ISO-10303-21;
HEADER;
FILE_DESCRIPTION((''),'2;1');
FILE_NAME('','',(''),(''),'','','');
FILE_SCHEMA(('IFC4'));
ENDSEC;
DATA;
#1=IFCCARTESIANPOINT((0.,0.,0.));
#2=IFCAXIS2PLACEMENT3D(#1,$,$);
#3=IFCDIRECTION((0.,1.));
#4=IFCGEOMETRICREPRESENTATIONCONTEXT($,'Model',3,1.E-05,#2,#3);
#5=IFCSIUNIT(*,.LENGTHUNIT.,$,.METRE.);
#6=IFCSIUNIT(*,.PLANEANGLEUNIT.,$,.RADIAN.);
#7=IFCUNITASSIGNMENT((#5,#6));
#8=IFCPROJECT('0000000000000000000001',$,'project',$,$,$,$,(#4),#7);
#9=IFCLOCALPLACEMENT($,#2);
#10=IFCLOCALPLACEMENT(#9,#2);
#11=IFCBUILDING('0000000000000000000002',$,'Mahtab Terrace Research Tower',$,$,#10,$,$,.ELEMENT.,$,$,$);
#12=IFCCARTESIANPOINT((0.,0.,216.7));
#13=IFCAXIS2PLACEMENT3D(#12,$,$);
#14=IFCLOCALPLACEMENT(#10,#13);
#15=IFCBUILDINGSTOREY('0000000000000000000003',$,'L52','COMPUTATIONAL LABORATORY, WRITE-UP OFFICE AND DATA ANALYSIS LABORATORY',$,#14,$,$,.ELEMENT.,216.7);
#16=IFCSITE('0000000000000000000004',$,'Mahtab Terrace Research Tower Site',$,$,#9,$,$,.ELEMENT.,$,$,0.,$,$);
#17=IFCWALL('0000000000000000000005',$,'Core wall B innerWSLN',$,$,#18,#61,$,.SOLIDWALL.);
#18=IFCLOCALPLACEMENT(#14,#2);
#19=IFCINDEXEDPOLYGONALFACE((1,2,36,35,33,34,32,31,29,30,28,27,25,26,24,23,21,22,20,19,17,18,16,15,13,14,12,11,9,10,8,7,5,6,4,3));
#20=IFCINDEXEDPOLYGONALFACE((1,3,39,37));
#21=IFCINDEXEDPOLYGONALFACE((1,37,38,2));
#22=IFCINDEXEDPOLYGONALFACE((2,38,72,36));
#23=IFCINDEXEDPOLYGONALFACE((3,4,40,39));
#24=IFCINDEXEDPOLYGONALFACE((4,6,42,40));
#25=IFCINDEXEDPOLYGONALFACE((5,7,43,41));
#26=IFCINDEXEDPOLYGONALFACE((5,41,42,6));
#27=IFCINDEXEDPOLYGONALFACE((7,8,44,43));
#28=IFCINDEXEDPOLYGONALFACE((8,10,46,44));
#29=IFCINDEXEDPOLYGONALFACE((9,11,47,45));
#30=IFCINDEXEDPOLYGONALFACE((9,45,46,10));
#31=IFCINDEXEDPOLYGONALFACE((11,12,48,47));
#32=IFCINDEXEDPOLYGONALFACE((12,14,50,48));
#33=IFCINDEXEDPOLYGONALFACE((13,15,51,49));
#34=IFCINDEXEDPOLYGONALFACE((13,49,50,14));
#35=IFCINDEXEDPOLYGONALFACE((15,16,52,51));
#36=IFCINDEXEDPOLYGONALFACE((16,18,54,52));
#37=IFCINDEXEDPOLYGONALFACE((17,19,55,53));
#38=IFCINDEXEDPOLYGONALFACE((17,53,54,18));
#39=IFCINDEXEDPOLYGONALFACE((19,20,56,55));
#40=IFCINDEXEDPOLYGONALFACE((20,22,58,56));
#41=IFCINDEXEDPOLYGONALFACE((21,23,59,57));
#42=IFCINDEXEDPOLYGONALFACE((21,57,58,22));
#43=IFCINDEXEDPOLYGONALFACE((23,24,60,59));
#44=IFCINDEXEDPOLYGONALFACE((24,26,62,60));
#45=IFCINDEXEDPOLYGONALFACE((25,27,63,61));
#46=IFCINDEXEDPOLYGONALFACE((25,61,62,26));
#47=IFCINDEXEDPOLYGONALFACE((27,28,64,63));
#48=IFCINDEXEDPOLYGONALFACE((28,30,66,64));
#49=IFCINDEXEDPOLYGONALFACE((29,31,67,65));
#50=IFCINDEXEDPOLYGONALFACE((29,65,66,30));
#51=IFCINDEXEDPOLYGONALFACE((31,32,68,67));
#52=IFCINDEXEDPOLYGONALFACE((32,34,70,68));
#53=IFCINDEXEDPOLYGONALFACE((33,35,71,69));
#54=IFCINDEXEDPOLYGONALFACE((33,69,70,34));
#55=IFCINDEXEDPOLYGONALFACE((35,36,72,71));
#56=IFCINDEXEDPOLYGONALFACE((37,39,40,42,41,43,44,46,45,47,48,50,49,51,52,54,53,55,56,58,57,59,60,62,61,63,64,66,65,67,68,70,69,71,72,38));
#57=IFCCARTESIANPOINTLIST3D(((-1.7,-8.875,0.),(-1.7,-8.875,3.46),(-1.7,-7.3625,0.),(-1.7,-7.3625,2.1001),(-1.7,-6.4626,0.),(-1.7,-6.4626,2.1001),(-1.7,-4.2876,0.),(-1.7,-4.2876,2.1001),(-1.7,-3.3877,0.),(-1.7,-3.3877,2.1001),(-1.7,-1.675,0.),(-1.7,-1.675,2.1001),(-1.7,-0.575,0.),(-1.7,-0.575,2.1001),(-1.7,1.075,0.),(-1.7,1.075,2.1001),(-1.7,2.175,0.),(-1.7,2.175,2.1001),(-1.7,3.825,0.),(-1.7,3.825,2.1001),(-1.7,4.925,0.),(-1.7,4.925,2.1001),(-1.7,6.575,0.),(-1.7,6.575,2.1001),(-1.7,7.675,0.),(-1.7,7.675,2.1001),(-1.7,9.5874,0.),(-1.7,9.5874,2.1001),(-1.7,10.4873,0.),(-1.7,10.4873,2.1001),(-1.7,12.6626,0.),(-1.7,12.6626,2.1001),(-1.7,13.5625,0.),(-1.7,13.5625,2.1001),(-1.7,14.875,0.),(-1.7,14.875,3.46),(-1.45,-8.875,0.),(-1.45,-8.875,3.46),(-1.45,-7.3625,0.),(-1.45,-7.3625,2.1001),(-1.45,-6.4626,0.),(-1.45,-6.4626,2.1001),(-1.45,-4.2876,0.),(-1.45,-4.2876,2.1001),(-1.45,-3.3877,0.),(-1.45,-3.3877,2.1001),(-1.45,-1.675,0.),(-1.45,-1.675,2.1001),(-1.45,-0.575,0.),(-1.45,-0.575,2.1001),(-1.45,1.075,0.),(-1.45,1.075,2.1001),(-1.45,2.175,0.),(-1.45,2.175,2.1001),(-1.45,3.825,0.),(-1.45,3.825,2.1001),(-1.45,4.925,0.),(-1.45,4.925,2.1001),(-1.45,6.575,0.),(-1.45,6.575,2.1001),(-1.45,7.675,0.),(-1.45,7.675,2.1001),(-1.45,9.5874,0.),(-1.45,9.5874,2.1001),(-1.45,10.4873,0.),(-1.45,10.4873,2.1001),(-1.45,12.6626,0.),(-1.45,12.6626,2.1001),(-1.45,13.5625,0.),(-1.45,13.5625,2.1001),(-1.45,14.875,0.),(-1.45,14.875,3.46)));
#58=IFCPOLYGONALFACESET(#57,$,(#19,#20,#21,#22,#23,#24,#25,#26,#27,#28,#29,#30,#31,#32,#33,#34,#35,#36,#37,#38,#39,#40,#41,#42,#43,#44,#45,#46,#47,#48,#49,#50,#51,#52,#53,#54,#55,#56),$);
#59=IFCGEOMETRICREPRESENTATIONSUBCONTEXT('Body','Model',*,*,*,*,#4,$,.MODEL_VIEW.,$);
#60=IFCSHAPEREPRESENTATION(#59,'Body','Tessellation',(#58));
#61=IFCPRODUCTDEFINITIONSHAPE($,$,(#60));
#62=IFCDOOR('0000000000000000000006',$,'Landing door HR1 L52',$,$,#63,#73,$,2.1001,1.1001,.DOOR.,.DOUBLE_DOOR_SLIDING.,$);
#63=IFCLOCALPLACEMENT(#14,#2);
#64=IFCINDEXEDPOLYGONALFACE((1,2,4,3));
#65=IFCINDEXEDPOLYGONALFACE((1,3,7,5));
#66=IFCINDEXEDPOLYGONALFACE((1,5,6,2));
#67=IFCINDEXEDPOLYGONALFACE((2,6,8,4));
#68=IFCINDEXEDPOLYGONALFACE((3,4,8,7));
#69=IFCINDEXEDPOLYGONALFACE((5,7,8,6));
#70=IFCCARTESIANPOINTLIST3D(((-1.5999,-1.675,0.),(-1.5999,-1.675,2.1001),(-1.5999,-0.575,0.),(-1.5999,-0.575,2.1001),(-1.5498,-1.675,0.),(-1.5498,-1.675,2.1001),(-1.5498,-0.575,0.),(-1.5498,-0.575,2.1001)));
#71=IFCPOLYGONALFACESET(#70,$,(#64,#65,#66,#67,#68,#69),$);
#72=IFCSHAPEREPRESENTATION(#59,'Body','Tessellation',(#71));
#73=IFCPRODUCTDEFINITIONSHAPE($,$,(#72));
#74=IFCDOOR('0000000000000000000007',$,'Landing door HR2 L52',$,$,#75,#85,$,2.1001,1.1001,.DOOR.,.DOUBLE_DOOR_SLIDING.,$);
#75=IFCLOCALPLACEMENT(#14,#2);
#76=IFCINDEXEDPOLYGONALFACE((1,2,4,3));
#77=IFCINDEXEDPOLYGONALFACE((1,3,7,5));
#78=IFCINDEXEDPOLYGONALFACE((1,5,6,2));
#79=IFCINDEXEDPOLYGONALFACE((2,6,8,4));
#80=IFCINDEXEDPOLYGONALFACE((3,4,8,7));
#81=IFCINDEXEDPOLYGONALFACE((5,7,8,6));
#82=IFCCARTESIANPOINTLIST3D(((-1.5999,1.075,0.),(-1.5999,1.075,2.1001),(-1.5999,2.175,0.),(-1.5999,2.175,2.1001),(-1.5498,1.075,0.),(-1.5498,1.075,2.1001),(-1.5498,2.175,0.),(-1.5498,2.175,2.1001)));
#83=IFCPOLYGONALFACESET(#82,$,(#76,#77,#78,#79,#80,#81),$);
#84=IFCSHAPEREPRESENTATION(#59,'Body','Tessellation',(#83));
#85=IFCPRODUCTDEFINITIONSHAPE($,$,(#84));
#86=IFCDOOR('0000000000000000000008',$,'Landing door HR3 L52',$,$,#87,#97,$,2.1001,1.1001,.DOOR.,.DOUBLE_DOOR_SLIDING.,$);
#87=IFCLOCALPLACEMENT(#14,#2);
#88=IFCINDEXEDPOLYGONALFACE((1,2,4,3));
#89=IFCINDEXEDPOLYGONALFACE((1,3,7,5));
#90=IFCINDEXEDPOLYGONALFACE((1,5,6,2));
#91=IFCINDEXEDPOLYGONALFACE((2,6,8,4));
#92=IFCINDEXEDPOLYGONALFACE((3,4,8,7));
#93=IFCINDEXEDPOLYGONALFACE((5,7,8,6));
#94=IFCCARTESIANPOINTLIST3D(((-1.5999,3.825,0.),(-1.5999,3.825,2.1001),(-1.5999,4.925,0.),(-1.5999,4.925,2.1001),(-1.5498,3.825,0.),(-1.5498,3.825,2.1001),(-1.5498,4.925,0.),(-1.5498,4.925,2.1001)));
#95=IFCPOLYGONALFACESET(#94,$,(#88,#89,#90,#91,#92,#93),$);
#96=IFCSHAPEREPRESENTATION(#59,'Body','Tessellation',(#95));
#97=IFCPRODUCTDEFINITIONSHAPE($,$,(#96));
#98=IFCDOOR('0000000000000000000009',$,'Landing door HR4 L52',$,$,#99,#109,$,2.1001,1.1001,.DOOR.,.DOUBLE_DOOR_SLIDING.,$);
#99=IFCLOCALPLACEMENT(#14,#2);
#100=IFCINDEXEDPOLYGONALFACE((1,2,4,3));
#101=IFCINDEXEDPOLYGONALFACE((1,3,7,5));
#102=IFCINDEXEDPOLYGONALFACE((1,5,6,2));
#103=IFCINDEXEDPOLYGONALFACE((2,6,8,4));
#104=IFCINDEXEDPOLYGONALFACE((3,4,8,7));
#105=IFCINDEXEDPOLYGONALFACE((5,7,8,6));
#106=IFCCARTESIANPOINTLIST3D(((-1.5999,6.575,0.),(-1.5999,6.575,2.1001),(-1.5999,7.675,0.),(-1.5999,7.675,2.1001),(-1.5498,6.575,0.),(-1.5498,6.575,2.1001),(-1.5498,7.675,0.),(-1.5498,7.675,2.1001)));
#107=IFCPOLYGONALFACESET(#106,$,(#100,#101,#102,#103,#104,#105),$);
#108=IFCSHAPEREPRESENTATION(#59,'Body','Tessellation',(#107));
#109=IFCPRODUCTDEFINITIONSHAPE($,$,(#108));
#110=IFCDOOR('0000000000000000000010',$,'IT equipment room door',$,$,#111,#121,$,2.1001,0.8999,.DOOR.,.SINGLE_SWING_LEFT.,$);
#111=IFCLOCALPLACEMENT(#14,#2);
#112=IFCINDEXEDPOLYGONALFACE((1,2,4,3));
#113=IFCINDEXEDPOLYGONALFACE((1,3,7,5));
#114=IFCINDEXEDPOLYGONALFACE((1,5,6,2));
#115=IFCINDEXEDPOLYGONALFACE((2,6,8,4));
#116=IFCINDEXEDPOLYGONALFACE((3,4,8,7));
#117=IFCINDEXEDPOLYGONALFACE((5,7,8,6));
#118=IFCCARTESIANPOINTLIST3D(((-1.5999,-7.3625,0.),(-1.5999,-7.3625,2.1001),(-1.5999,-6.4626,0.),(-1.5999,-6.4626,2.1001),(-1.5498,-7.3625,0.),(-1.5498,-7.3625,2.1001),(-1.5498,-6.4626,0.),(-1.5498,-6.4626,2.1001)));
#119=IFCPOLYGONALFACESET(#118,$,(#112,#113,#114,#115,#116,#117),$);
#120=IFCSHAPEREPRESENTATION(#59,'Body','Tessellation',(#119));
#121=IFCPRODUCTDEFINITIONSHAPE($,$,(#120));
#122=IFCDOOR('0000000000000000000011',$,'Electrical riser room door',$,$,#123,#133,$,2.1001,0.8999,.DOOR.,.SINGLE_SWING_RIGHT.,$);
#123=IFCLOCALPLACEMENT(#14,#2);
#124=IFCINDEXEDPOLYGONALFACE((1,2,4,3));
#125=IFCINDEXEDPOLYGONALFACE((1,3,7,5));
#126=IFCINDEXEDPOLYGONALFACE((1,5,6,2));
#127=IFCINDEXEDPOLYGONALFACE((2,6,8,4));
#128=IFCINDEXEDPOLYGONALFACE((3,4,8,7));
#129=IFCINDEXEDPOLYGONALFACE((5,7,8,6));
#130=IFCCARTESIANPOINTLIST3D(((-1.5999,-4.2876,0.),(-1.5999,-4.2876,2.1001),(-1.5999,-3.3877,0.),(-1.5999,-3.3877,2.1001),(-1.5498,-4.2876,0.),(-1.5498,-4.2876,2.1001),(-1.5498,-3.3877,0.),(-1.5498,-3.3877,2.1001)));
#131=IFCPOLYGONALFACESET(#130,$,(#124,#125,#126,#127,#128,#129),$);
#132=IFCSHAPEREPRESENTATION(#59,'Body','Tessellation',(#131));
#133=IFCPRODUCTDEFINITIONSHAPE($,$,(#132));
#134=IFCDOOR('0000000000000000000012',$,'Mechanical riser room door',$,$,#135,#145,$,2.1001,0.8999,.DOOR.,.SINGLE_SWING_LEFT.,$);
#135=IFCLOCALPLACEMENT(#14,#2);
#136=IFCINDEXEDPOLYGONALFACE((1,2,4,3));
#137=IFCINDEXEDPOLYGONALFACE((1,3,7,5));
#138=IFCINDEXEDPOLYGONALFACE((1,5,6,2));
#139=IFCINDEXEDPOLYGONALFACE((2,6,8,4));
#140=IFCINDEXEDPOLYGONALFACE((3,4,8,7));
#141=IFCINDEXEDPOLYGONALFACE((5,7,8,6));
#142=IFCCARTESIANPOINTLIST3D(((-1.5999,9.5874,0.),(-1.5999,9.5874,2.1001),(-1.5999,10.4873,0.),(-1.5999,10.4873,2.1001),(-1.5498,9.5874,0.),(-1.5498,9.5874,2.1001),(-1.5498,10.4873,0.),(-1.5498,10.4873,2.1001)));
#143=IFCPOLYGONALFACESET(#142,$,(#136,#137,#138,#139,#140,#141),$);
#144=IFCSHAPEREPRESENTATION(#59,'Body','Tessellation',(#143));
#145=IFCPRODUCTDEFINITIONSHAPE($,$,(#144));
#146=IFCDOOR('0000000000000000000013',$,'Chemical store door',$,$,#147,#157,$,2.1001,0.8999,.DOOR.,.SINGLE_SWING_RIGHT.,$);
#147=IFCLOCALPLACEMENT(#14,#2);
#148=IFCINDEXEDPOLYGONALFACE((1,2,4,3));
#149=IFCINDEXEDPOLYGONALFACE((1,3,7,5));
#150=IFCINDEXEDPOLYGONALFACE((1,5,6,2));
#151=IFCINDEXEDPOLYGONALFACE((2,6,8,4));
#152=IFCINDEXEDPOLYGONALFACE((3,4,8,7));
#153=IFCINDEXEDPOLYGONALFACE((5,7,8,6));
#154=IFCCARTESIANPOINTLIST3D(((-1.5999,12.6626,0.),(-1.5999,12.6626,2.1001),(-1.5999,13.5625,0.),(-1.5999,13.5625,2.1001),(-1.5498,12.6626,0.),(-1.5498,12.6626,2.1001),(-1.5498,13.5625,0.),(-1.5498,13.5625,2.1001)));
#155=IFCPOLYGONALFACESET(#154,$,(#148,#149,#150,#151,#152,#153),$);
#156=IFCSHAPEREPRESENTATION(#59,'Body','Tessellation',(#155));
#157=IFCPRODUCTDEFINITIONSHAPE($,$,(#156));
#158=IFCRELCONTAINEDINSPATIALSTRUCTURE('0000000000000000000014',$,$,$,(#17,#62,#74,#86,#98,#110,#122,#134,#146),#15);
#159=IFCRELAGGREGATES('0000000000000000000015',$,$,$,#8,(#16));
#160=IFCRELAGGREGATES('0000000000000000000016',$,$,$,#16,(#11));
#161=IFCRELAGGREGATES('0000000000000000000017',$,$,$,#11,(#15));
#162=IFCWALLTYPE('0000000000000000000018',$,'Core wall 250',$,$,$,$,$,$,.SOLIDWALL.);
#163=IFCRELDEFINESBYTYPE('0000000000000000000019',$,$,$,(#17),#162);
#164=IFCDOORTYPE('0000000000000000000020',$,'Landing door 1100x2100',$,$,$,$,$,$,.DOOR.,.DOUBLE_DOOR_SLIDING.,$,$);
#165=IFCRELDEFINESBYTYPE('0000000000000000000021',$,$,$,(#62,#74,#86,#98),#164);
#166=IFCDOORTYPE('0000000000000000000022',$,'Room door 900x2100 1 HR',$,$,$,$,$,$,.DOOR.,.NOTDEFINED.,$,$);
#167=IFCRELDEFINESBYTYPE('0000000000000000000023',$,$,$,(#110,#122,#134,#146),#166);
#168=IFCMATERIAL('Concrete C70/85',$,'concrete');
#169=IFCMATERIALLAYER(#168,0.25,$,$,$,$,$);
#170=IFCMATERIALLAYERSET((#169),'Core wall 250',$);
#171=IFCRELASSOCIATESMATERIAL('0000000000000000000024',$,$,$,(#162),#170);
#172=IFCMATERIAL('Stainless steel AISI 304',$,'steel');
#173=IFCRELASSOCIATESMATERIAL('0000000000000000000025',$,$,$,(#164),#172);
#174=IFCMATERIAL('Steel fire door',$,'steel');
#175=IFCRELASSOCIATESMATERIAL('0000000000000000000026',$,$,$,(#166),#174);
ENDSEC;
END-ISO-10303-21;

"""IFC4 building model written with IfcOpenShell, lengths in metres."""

from ifc_helpers import new_model, si_unit, direction, frame, frame_2d, origin, place, context, subcontext, project, spatial, rectangle, extrude, material, layer, layer_set, type_object, element, fill, save


model = new_model("IFC4")

# Units and contexts
model_context = context("Model", 3, precision=1e-05, world=origin(), true_north=direction((0.0, 1.0)))
body_context = subcontext(model_context, "Body", "Model", "MODEL_VIEW")
ifc_project = project(units=[si_unit("LENGTHUNIT", "METRE"), si_unit("PLANEANGLEUNIT", "RADIAN")], contexts=[model_context])

# Site, building, storey
site_placement = place(None, origin())
site = spatial("IfcSite", under=ifc_project, at=site_placement, Name="Mahtab Terrace Research Tower Site", CompositionType="ELEMENT", RefElevation=0.0)
building_placement = place(site_placement, origin())
building = spatial("IfcBuilding", under=site, at=building_placement, Name="Mahtab Terrace Research Tower", CompositionType="ELEMENT")
storey_placement = place(building_placement, frame((0.0, 0.0, 216.7)))
storey = spatial("IfcBuildingStorey", under=building, at=storey_placement, Name="L52", Description="COMPUTATIONAL LABORATORY, WRITE-UP OFFICE AND DATA ANALYSIS LABORATORY", CompositionType="ELEMENT", Elevation=216.7)

# Shared definitions
ifc_material_1 = material(Name="Concrete C70/85", Category="concrete")

# Shared definitions
ifc_layer_1 = layer(ifc_material_1, 0.25)
ifc_layer_set_1 = layer_set([ifc_layer_1], Name="Core wall 250")
wall_type_1 = type_object("IfcWallType", Name="Core wall 250", PredefinedType="SOLIDWALL", material=ifc_layer_set_1)

# Shared definitions
ifc_material_2 = material(Name="Steel fire door", Category="steel")

# Wall, openings, doors
wall_1_placement = place(storey_placement, frame((-1.575, -8.875, 0.0), z_axis=(0.0, 0.0, 1.0), x_axis=(0.0, 1.0, 0.0)))
wall_1 = element("IfcWall", 1, at=wall_1_placement, inside=storey, type_object=wall_type_1, Name="Core wall B innerWSLN", PredefinedType="SOLIDWALL", context=body_context, shape_type="SweptSolid", body=[
    extrude(rectangle(XDim=23.75, YDim=0.25, at=frame_2d((11.875, 0.0))), origin(), (0.0, 0.0, 1.0), 3.46),
])
opening_1_placement = place(wall_1_placement, frame((7.2, 0.0, 0.0)))
opening_1 = element("IfcOpeningElement", 2, at=opening_1_placement, cuts=wall_1, PredefinedType="OPENING", context=body_context, shape_type="SweptSolid", body=[
    extrude(rectangle(XDim=1.1001, YDim=2.1001, at=frame_2d((0.55, 1.05))), frame((0.0, 0.135, 0.0), z_axis=(0.0, -1.0, 0.0), x_axis=(1.0, 0.0, 0.0)), (0.0, 0.0, 1.0), 0.27),
])
opening_2_placement = place(wall_1_placement, frame((9.95, 0.0, 0.0)))
opening_2 = element("IfcOpeningElement", 3, at=opening_2_placement, cuts=wall_1, PredefinedType="OPENING", context=body_context, shape_type="SweptSolid", body=[
    extrude(rectangle(XDim=1.1001, YDim=2.1001, at=frame_2d((0.55, 1.05))), frame((0.0, 0.135, 0.0), z_axis=(0.0, -1.0, 0.0), x_axis=(1.0, 0.0, 0.0)), (0.0, 0.0, 1.0), 0.27),
])
opening_3_placement = place(wall_1_placement, frame((12.7, 0.0, 0.0)))
opening_3 = element("IfcOpeningElement", 4, at=opening_3_placement, cuts=wall_1, PredefinedType="OPENING", context=body_context, shape_type="SweptSolid", body=[
    extrude(rectangle(XDim=1.1001, YDim=2.1001, at=frame_2d((0.55, 1.05))), frame((0.0, 0.135, 0.0), z_axis=(0.0, -1.0, 0.0), x_axis=(1.0, 0.0, 0.0)), (0.0, 0.0, 1.0), 0.27),
])
opening_4_placement = place(wall_1_placement, frame((15.45, 0.0, 0.0)))
opening_4 = element("IfcOpeningElement", 5, at=opening_4_placement, cuts=wall_1, PredefinedType="OPENING", context=body_context, shape_type="SweptSolid", body=[
    extrude(rectangle(XDim=1.1001, YDim=2.1001, at=frame_2d((0.55, 1.05))), frame((0.0, 0.135, 0.0), z_axis=(0.0, -1.0, 0.0), x_axis=(1.0, 0.0, 0.0)), (0.0, 0.0, 1.0), 0.27),
])
opening_5_placement = place(wall_1_placement, frame((1.5125, 0.0, 0.0)))
opening_5 = element("IfcOpeningElement", 6, at=opening_5_placement, cuts=wall_1, PredefinedType="OPENING", context=body_context, shape_type="SweptSolid", body=[
    extrude(rectangle(XDim=0.8999, YDim=2.1001, at=frame_2d((0.45, 1.05))), frame((0.0, 0.135, 0.0), z_axis=(0.0, -1.0, 0.0), x_axis=(1.0, 0.0, 0.0)), (0.0, 0.0, 1.0), 0.27),
])
opening_6_placement = place(wall_1_placement, frame((4.5874, 0.0, 0.0)))
opening_6 = element("IfcOpeningElement", 7, at=opening_6_placement, cuts=wall_1, PredefinedType="OPENING", context=body_context, shape_type="SweptSolid", body=[
    extrude(rectangle(XDim=0.8999, YDim=2.1001, at=frame_2d((0.45, 1.05))), frame((0.0, 0.135, 0.0), z_axis=(0.0, -1.0, 0.0), x_axis=(1.0, 0.0, 0.0)), (0.0, 0.0, 1.0), 0.27),
])
opening_7_placement = place(wall_1_placement, frame((18.4624, 0.0, 0.0)))
opening_7 = element("IfcOpeningElement", 8, at=opening_7_placement, cuts=wall_1, PredefinedType="OPENING", context=body_context, shape_type="SweptSolid", body=[
    extrude(rectangle(XDim=0.8999, YDim=2.1001, at=frame_2d((0.45, 1.05))), frame((0.0, 0.135, 0.0), z_axis=(0.0, -1.0, 0.0), x_axis=(1.0, 0.0, 0.0)), (0.0, 0.0, 1.0), 0.27),
])
opening_8_placement = place(wall_1_placement, frame((21.5376, 0.0, 0.0)))
opening_8 = element("IfcOpeningElement", 9, at=opening_8_placement, cuts=wall_1, PredefinedType="OPENING", context=body_context, shape_type="SweptSolid", body=[
    extrude(rectangle(XDim=0.8999, YDim=2.1001, at=frame_2d((0.45, 1.05))), frame((0.0, 0.135, 0.0), z_axis=(0.0, -1.0, 0.0), x_axis=(1.0, 0.0, 0.0)), (0.0, 0.0, 1.0), 0.27),
])
ifc_material_3 = material(Name="Stainless steel AISI 304", Category="steel")
door_type_1 = type_object("IfcDoorType", Name="Landing door 1100x2100", OperationType="DOUBLE_DOOR_SLIDING", PredefinedType="DOOR", material=ifc_material_3)
door_1_placement = place(opening_1_placement, origin())
door_1 = element("IfcDoor", 10, at=door_1_placement, inside=storey, type_object=door_type_1, Name="Landing door HR1 L52", OperationType="DOUBLE_DOOR_SLIDING", OverallHeight=2.1001, OverallWidth=1.1001, PredefinedType="DOOR", context=body_context, shape_type="SweptSolid", body=[
    extrude(rectangle(XDim=1.1001, YDim=2.1001, at=frame_2d((0.55, 1.05))), frame((0.0, 0.0249, 0.0), z_axis=(0.0, -1.0, 0.0), x_axis=(1.0, 0.0, 0.0)), (0.0, 0.0, 1.0), 0.05),
])
fill(opening_1, door_1)
door_2_placement = place(opening_2_placement, origin())
door_2 = element("IfcDoor", 11, at=door_2_placement, inside=storey, type_object=door_type_1, Name="Landing door HR2 L52", OperationType="DOUBLE_DOOR_SLIDING", OverallHeight=2.1001, OverallWidth=1.1001, PredefinedType="DOOR", context=body_context, shape_type="SweptSolid", body=[
    extrude(rectangle(XDim=1.1001, YDim=2.1001, at=frame_2d((0.55, 1.05))), frame((0.0, 0.0249, 0.0), z_axis=(0.0, -1.0, 0.0), x_axis=(1.0, 0.0, 0.0)), (0.0, 0.0, 1.0), 0.05),
])
fill(opening_2, door_2)
door_3_placement = place(opening_3_placement, origin())
door_3 = element("IfcDoor", 12, at=door_3_placement, inside=storey, type_object=door_type_1, Name="Landing door HR3 L52", OperationType="DOUBLE_DOOR_SLIDING", OverallHeight=2.1001, OverallWidth=1.1001, PredefinedType="DOOR", context=body_context, shape_type="SweptSolid", body=[
    extrude(rectangle(XDim=1.1001, YDim=2.1001, at=frame_2d((0.55, 1.05))), frame((0.0, 0.0249, 0.0), z_axis=(0.0, -1.0, 0.0), x_axis=(1.0, 0.0, 0.0)), (0.0, 0.0, 1.0), 0.05),
])
fill(opening_3, door_3)
door_4_placement = place(opening_4_placement, origin())
door_4 = element("IfcDoor", 13, at=door_4_placement, inside=storey, type_object=door_type_1, Name="Landing door HR4 L52", OperationType="DOUBLE_DOOR_SLIDING", OverallHeight=2.1001, OverallWidth=1.1001, PredefinedType="DOOR", context=body_context, shape_type="SweptSolid", body=[
    extrude(rectangle(XDim=1.1001, YDim=2.1001, at=frame_2d((0.55, 1.05))), frame((0.0, 0.0249, 0.0), z_axis=(0.0, -1.0, 0.0), x_axis=(1.0, 0.0, 0.0)), (0.0, 0.0, 1.0), 0.05),
])
fill(opening_4, door_4)
door_type_2 = type_object("IfcDoorType", Name="Room door 900x2100 1 HR", OperationType="NOTDEFINED", PredefinedType="DOOR", material=ifc_material_2)
door_5_placement = place(opening_5_placement, origin())
door_5 = element("IfcDoor", 14, at=door_5_placement, inside=storey, type_object=door_type_2, Name="IT equipment room door", OperationType="SINGLE_SWING_LEFT", OverallHeight=2.1001, OverallWidth=0.8999, PredefinedType="DOOR", context=body_context, shape_type="SweptSolid", body=[
    extrude(rectangle(XDim=0.8999, YDim=2.1001, at=frame_2d((0.45, 1.05))), frame((0.0, 0.0249, 0.0), z_axis=(0.0, -1.0, 0.0), x_axis=(1.0, 0.0, 0.0)), (0.0, 0.0, 1.0), 0.05),
])
fill(opening_5, door_5)
door_6_placement = place(opening_6_placement, origin())
door_6 = element("IfcDoor", 15, at=door_6_placement, inside=storey, type_object=door_type_2, Name="Electrical riser room door", OperationType="SINGLE_SWING_RIGHT", OverallHeight=2.1001, OverallWidth=0.8999, PredefinedType="DOOR", context=body_context, shape_type="SweptSolid", body=[
    extrude(rectangle(XDim=0.8999, YDim=2.1001, at=frame_2d((0.45, 1.05))), frame((0.0, 0.0249, 0.0), z_axis=(0.0, -1.0, 0.0), x_axis=(1.0, 0.0, 0.0)), (0.0, 0.0, 1.0), 0.05),
])
fill(opening_6, door_6)
door_7_placement = place(opening_7_placement, origin())
door_7 = element("IfcDoor", 16, at=door_7_placement, inside=storey, type_object=door_type_2, Name="Mechanical riser room door", OperationType="SINGLE_SWING_LEFT", OverallHeight=2.1001, OverallWidth=0.8999, PredefinedType="DOOR", context=body_context, shape_type="SweptSolid", body=[
    extrude(rectangle(XDim=0.8999, YDim=2.1001, at=frame_2d((0.45, 1.05))), frame((0.0, 0.0249, 0.0), z_axis=(0.0, -1.0, 0.0), x_axis=(1.0, 0.0, 0.0)), (0.0, 0.0, 1.0), 0.05),
])
fill(opening_7, door_7)
door_8_placement = place(opening_8_placement, origin())
door_8 = element("IfcDoor", 17, at=door_8_placement, inside=storey, type_object=door_type_2, Name="Chemical store door", OperationType="SINGLE_SWING_RIGHT", OverallHeight=2.1001, OverallWidth=0.8999, PredefinedType="DOOR", context=body_context, shape_type="SweptSolid", body=[
    extrude(rectangle(XDim=0.8999, YDim=2.1001, at=frame_2d((0.45, 1.05))), frame((0.0, 0.0249, 0.0), z_axis=(0.0, -1.0, 0.0), x_axis=(1.0, 0.0, 0.0)), (0.0, 0.0, 1.0), 0.05),
])
fill(opening_8, door_8)

save(model, "model.ifc")
